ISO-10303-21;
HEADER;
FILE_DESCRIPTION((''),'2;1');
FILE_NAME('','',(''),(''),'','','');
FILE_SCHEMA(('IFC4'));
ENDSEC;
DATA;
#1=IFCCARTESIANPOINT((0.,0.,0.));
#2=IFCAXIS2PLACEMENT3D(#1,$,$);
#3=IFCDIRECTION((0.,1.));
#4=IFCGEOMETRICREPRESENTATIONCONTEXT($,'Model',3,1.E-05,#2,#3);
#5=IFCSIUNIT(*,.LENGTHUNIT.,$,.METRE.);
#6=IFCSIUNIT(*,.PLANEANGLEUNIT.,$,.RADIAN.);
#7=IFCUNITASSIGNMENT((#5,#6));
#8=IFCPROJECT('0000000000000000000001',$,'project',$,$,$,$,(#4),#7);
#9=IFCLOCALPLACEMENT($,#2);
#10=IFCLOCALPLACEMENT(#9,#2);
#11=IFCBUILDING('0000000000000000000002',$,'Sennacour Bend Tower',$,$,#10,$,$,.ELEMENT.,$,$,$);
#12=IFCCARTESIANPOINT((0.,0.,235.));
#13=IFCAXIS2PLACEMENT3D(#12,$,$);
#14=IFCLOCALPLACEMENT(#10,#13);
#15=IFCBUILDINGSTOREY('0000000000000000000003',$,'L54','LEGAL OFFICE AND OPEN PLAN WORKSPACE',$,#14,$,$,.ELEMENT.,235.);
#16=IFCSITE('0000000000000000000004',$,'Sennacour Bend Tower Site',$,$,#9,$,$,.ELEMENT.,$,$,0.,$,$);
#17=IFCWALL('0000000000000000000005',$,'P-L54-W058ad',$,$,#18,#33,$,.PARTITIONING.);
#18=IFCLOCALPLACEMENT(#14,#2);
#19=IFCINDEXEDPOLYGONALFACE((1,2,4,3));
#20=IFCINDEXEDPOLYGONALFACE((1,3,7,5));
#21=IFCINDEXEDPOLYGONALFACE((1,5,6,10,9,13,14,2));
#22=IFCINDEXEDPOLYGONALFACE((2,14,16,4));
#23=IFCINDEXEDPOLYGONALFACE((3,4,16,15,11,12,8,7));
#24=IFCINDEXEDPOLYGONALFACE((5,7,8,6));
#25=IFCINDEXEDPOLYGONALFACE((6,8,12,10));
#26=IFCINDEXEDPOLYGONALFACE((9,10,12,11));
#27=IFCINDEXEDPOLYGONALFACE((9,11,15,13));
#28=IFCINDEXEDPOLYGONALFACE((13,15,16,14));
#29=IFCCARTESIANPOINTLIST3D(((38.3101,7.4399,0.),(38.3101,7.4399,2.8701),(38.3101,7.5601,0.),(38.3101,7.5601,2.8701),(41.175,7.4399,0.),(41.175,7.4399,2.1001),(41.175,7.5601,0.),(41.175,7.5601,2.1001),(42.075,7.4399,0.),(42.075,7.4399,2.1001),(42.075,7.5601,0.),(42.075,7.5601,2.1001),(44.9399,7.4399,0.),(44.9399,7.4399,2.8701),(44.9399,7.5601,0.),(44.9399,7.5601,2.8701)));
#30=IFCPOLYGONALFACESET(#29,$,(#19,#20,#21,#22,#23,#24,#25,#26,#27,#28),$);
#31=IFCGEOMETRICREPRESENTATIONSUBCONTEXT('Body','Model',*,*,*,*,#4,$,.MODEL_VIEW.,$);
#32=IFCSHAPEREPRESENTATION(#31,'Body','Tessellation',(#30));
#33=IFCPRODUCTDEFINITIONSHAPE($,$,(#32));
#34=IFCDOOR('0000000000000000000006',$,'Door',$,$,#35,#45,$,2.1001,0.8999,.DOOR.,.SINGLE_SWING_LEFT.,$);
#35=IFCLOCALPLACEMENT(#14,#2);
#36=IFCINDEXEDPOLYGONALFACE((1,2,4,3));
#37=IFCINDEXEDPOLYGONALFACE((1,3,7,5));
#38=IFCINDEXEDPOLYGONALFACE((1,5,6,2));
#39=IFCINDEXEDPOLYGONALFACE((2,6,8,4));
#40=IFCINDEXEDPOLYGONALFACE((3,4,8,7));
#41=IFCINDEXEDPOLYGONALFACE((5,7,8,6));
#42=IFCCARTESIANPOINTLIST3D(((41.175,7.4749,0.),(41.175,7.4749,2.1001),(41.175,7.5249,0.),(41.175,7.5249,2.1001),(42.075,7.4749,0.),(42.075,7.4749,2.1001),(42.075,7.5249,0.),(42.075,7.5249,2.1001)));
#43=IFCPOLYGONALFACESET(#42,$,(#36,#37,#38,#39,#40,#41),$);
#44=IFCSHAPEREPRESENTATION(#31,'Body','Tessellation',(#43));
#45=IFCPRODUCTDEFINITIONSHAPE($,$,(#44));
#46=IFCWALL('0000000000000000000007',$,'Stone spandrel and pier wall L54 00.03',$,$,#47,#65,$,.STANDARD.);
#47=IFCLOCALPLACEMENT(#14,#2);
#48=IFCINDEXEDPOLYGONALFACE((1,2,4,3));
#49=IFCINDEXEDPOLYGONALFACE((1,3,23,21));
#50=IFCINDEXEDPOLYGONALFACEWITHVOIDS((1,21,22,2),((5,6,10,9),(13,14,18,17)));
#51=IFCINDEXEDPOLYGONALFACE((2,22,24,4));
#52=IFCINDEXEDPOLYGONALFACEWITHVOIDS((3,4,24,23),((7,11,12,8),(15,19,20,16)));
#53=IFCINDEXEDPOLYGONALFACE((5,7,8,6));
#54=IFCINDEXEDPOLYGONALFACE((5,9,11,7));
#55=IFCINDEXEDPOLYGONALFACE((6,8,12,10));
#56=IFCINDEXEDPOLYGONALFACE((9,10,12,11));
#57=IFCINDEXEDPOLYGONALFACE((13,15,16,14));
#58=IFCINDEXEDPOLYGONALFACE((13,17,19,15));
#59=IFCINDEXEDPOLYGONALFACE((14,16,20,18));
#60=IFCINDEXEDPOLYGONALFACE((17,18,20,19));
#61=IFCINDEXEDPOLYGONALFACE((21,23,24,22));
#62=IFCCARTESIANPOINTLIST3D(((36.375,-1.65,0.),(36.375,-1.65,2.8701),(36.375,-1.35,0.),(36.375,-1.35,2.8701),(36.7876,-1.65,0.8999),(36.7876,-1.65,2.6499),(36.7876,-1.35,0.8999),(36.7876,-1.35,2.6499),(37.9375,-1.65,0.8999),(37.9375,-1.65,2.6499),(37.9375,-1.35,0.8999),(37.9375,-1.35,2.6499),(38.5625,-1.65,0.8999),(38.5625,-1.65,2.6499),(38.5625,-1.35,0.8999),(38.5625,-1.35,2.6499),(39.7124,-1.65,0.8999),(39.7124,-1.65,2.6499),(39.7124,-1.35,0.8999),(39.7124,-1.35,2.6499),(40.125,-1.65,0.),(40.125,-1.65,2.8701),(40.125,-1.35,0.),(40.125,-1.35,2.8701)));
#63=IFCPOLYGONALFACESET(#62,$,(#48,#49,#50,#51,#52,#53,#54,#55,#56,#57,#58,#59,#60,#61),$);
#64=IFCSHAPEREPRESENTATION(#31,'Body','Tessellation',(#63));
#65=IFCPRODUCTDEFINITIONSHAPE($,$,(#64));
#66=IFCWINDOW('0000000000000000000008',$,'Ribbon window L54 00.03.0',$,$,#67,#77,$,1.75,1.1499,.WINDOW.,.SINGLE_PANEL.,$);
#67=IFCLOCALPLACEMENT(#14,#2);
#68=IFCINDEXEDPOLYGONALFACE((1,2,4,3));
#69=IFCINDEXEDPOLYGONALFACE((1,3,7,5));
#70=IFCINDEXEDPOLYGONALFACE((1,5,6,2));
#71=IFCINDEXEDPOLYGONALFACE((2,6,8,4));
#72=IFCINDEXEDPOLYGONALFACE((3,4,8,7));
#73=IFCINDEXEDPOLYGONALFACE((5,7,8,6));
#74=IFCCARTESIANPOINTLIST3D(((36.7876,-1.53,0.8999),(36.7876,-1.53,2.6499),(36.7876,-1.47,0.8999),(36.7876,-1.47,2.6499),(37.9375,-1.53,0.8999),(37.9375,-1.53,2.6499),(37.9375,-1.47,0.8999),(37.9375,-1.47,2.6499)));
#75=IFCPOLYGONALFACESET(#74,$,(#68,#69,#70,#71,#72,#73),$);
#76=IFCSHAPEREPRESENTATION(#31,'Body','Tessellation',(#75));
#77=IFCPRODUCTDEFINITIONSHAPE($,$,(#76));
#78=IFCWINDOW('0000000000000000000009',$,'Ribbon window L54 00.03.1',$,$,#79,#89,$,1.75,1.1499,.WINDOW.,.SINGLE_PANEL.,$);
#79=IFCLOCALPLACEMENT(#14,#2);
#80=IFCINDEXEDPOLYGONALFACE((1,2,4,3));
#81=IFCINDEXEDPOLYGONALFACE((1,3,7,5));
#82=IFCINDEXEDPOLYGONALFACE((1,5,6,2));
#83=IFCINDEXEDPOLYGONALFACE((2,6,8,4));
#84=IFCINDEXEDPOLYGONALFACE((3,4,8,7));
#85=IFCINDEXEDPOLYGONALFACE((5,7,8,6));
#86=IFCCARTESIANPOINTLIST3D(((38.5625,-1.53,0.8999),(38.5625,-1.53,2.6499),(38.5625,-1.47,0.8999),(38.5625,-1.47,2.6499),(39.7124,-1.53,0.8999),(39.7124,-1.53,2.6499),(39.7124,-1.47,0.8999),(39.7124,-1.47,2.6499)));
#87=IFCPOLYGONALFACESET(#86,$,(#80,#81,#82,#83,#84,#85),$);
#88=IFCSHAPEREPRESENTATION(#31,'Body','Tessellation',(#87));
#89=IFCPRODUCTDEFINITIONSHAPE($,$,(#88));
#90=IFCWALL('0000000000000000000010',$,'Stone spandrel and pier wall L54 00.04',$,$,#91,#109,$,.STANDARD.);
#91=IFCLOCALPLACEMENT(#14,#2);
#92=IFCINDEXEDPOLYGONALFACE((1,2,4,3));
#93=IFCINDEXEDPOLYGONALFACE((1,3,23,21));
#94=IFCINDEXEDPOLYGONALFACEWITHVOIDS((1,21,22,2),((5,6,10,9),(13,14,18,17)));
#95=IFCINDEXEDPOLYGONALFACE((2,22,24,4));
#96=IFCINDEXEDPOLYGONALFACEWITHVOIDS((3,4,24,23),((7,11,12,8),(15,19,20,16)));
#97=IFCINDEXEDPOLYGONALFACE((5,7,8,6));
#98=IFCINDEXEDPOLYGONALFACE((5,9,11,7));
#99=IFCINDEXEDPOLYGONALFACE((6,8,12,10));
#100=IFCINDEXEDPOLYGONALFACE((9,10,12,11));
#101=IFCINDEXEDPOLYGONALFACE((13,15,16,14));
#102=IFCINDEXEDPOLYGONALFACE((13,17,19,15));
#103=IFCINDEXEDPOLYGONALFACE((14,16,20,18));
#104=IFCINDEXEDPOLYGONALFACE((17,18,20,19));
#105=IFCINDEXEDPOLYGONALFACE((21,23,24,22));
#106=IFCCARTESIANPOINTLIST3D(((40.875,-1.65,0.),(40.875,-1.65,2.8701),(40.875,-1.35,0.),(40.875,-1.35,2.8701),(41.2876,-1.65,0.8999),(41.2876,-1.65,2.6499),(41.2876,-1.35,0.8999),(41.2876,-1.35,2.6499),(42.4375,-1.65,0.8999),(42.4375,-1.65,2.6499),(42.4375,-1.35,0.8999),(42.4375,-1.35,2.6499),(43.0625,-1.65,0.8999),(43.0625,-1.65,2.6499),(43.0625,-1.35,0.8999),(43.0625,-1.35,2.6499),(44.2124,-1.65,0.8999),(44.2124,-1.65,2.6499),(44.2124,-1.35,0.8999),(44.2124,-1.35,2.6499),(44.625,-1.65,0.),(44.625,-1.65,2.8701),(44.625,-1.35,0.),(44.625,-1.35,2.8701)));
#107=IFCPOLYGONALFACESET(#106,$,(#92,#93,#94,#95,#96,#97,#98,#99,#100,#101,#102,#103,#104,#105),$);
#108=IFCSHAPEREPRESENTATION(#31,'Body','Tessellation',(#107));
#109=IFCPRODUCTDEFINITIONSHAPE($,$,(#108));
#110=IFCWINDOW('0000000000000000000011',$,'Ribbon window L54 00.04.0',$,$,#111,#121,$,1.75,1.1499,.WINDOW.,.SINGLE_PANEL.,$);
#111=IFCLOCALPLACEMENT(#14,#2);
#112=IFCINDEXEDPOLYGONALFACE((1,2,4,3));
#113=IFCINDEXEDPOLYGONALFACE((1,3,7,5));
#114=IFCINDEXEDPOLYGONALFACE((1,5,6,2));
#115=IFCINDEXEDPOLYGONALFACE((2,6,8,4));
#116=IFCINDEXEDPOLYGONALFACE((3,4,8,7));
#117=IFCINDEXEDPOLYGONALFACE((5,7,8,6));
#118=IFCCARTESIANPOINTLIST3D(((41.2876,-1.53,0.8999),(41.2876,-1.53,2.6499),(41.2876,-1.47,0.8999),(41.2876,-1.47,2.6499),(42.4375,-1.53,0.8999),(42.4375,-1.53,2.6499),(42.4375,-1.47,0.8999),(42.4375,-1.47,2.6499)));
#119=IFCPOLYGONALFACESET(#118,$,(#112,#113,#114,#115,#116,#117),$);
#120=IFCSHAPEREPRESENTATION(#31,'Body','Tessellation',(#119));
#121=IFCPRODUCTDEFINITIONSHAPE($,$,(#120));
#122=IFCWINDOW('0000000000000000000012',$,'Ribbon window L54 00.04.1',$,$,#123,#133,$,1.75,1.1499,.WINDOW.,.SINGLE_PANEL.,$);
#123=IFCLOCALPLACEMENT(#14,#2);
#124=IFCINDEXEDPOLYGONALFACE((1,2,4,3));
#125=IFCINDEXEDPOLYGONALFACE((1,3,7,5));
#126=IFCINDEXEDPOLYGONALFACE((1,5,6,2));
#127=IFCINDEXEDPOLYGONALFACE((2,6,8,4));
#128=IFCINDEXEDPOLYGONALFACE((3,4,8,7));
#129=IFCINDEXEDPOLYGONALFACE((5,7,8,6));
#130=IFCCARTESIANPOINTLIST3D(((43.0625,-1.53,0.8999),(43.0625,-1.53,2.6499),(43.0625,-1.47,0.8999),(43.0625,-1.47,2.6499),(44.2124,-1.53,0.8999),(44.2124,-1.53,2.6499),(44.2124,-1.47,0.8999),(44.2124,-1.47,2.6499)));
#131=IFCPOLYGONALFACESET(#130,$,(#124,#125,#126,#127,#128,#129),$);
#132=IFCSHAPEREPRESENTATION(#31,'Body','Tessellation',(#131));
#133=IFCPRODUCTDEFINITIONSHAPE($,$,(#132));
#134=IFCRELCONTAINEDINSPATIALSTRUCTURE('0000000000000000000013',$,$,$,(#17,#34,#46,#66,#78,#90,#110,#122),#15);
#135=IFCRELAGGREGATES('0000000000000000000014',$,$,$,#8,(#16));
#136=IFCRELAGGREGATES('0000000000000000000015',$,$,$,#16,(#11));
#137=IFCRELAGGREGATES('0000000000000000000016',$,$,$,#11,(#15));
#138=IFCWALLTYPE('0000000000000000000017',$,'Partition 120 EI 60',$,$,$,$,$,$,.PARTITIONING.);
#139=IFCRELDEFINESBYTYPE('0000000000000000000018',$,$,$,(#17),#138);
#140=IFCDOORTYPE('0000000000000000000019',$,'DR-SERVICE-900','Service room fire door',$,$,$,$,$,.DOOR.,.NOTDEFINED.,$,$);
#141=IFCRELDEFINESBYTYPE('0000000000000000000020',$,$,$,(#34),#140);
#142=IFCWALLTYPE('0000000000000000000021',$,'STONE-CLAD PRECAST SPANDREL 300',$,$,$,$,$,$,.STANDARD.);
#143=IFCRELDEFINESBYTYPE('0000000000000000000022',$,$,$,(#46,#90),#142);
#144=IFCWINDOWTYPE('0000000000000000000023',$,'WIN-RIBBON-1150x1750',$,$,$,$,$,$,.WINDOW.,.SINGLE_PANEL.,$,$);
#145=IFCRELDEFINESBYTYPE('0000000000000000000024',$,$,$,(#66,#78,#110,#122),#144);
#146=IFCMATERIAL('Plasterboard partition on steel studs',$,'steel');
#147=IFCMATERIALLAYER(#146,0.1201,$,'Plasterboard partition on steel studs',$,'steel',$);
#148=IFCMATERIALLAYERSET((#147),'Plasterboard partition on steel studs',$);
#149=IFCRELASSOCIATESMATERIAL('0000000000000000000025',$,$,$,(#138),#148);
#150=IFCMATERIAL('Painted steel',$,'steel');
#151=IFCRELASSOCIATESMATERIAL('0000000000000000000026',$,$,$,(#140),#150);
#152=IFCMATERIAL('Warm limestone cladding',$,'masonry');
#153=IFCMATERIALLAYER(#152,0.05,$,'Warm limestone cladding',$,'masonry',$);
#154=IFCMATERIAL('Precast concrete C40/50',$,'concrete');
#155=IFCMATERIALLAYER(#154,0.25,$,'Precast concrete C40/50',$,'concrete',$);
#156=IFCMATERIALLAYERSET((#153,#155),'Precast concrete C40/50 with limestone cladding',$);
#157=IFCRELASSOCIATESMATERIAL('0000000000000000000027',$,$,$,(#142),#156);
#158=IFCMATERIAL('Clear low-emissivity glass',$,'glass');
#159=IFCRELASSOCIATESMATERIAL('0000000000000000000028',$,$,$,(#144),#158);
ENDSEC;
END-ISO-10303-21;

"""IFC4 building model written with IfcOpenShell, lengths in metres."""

from ifc_helpers import new_model, si_unit, direction, frame, frame_2d, origin, place, context, subcontext, project, spatial, rectangle, extrude, material, layer, layer_set, type_object, element, fill, save


model = new_model("IFC4")

# Units and contexts
model_context = context("Model", 3, precision=1e-05, world=origin(), true_north=direction((0.0, 1.0)))
body_context = subcontext(model_context, "Body", "Model", "MODEL_VIEW")
ifc_project = project(units=[si_unit("LENGTHUNIT", "METRE"), si_unit("PLANEANGLEUNIT", "RADIAN")], contexts=[model_context])

# Site, building, storey
site_placement = place(None, origin())
site = spatial("IfcSite", under=ifc_project, at=site_placement, Name="Sennacour Bend Tower Site", CompositionType="ELEMENT", RefElevation=0.0)
building_placement = place(site_placement, origin())
building = spatial("IfcBuilding", under=site, at=building_placement, Name="Sennacour Bend Tower", CompositionType="ELEMENT")
storey_placement = place(building_placement, frame((0.0, 0.0, 235.0)))
storey = spatial("IfcBuildingStorey", under=building, at=storey_placement, Name="L54", Description="LEGAL OFFICE AND OPEN PLAN WORKSPACE", CompositionType="ELEMENT", Elevation=235.0)

# Shared definitions
ifc_material_1 = material(Name="Plasterboard partition on steel studs", Category="steel")

# Wall, opening, door
ifc_layer_1 = layer(ifc_material_1, 0.1201, Name="Plasterboard partition on steel studs", Category="steel")
ifc_layer_set_1 = layer_set([ifc_layer_1], Name="Plasterboard partition on steel studs")
wall_type_1 = type_object("IfcWallType", Name="Partition 120 EI 60", PredefinedType="PARTITIONING", material=ifc_layer_set_1)
wall_1_placement = place(storey_placement, frame((38.3101, 7.5, 0.0), z_axis=(0.0, 0.0, 1.0), x_axis=(1.0, 0.0, 0.0)))
wall_1 = element("IfcWall", 1, at=wall_1_placement, inside=storey, type_object=wall_type_1, Name="P-L54-W058ad", PredefinedType="PARTITIONING", context=body_context, shape_type="SweptSolid", body=[
    extrude(rectangle(XDim=6.6299, YDim=0.1201, at=frame_2d((3.3149, 0.0))), origin(), (0.0, 0.0, 1.0), 2.8701),
])
opening_1_placement = place(wall_1_placement, frame((2.865, 0.0, 0.0)))
opening_1 = element("IfcOpeningElement", 2, at=opening_1_placement, cuts=wall_1, PredefinedType="OPENING", context=body_context, shape_type="SweptSolid", body=[
    extrude(rectangle(XDim=0.8999, YDim=2.1001, at=frame_2d((0.45, 1.05))), frame((0.0, 0.0701, 0.0), z_axis=(0.0, -1.0, 0.0), x_axis=(1.0, 0.0, 0.0)), (0.0, 0.0, 1.0), 0.1401),
])
ifc_material_2 = material(Name="Painted steel", Category="steel")
door_type_1 = type_object("IfcDoorType", Name="DR-SERVICE-900", Description="Service room fire door", OperationType="NOTDEFINED", PredefinedType="DOOR", material=ifc_material_2)
door_1_placement = place(opening_1_placement, origin())
door_1 = element("IfcDoor", 3, at=door_1_placement, inside=storey, type_object=door_type_1, Name="Door", OperationType="SINGLE_SWING_LEFT", OverallHeight=2.1001, OverallWidth=0.8999, PredefinedType="DOOR", context=body_context, shape_type="SweptSolid", body=[
    extrude(rectangle(XDim=0.8999, YDim=2.1001, at=frame_2d((0.45, 1.05))), frame((0.0, 0.0249, 0.0), z_axis=(0.0, -1.0, 0.0), x_axis=(1.0, 0.0, 0.0)), (0.0, 0.0, 1.0), 0.05),
])
fill(opening_1, door_1)

# Walls, openings, windows
ifc_material_3 = material(Name="Warm limestone cladding", Category="masonry")
ifc_layer_2 = layer(ifc_material_3, 0.05, Name="Warm limestone cladding", Category="masonry")
ifc_material_4 = material(Name="Precast concrete C40/50", Category="concrete")
ifc_layer_3 = layer(ifc_material_4, 0.25, Name="Precast concrete C40/50", Category="concrete")
ifc_layer_set_2 = layer_set([ifc_layer_2, ifc_layer_3], Name="Precast concrete C40/50 with limestone cladding")
wall_type_2 = type_object("IfcWallType", Name="STONE-CLAD PRECAST SPANDREL 300", PredefinedType="STANDARD", material=ifc_layer_set_2)
wall_2_placement = place(storey_placement, frame((36.375, -1.5, 0.0), z_axis=(0.0, 0.0, 1.0), x_axis=(1.0, 0.0, 0.0)))
wall_2 = element("IfcWall", 4, at=wall_2_placement, inside=storey, type_object=wall_type_2, Name="Stone spandrel and pier wall L54 00.03", PredefinedType="STANDARD", context=body_context, shape_type="SweptSolid", body=[
    extrude(rectangle(XDim=3.75, YDim=0.3, at=frame_2d((1.875, 0.0))), origin(), (0.0, 0.0, 1.0), 2.8701),
])
opening_2_placement = place(wall_2_placement, frame((0.4126, 0.0, 0.8999)))
opening_2 = element("IfcOpeningElement", 5, at=opening_2_placement, cuts=wall_2, PredefinedType="OPENING", context=body_context, shape_type="SweptSolid", body=[
    extrude(rectangle(XDim=1.1499, YDim=1.75, at=frame_2d((0.575, 0.875))), frame((0.0, 0.1602, 0.0), z_axis=(0.0, -1.0, 0.0), x_axis=(1.0, 0.0, 0.0)), (0.0, 0.0, 1.0), 0.3201),
])
opening_3_placement = place(wall_2_placement, frame((2.1875, 0.0, 0.8999)))
opening_3 = element("IfcOpeningElement", 6, at=opening_3_placement, cuts=wall_2, PredefinedType="OPENING", context=body_context, shape_type="SweptSolid", body=[
    extrude(rectangle(XDim=1.1499, YDim=1.75, at=frame_2d((0.575, 0.875))), frame((0.0, 0.1602, 0.0), z_axis=(0.0, -1.0, 0.0), x_axis=(1.0, 0.0, 0.0)), (0.0, 0.0, 1.0), 0.3201),
])
ifc_material_5 = material(Name="Clear low-emissivity glass", Category="glass")
window_type = type_object("IfcWindowType", Name="WIN-RIBBON-1150x1750", PartitioningType="SINGLE_PANEL", PredefinedType="WINDOW", material=ifc_material_5)
window_1_placement = place(opening_2_placement, origin())
window_1 = element("IfcWindow", 7, at=window_1_placement, inside=storey, type_object=window_type, Name="Ribbon window L54 00.03.0", OverallHeight=1.75, OverallWidth=1.1499, PartitioningType="SINGLE_PANEL", PredefinedType="WINDOW", context=body_context, shape_type="SweptSolid", body=[
    extrude(rectangle(XDim=1.1499, YDim=1.75, at=frame_2d((0.575, 0.875))), frame((0.0, 0.03, 0.0), z_axis=(0.0, -1.0, 0.0), x_axis=(1.0, 0.0, 0.0)), (0.0, 0.0, 1.0), 0.0601),
])
fill(opening_2, window_1)
window_2_placement = place(opening_3_placement, origin())
window_2 = element("IfcWindow", 8, at=window_2_placement, inside=storey, type_object=window_type, Name="Ribbon window L54 00.03.1", OverallHeight=1.75, OverallWidth=1.1499, PartitioningType="SINGLE_PANEL", PredefinedType="WINDOW", context=body_context, shape_type="SweptSolid", body=[
    extrude(rectangle(XDim=1.1499, YDim=1.75, at=frame_2d((0.575, 0.875))), frame((0.0, 0.03, 0.0), z_axis=(0.0, -1.0, 0.0), x_axis=(1.0, 0.0, 0.0)), (0.0, 0.0, 1.0), 0.0601),
])
fill(opening_3, window_2)
wall_3_placement = place(storey_placement, frame((40.875, -1.5, 0.0), z_axis=(0.0, 0.0, 1.0), x_axis=(1.0, 0.0, 0.0)))
wall_3 = element("IfcWall", 9, at=wall_3_placement, inside=storey, type_object=wall_type_2, Name="Stone spandrel and pier wall L54 00.04", PredefinedType="STANDARD", context=body_context, shape_type="SweptSolid", body=[
    extrude(rectangle(XDim=3.75, YDim=0.3, at=frame_2d((1.875, 0.0))), origin(), (0.0, 0.0, 1.0), 2.8701),
])
opening_4_placement = place(wall_3_placement, frame((0.4126, 0.0, 0.8999)))
opening_4 = element("IfcOpeningElement", 10, at=opening_4_placement, cuts=wall_3, PredefinedType="OPENING", context=body_context, shape_type="SweptSolid", body=[
    extrude(rectangle(XDim=1.1499, YDim=1.75, at=frame_2d((0.575, 0.875))), frame((0.0, 0.1602, 0.0), z_axis=(0.0, -1.0, 0.0), x_axis=(1.0, 0.0, 0.0)), (0.0, 0.0, 1.0), 0.3201),
])
opening_5_placement = place(wall_3_placement, frame((2.1875, 0.0, 0.8999)))
opening_5 = element("IfcOpeningElement", 11, at=opening_5_placement, cuts=wall_3, PredefinedType="OPENING", context=body_context, shape_type="SweptSolid", body=[
    extrude(rectangle(XDim=1.1499, YDim=1.75, at=frame_2d((0.575, 0.875))), frame((0.0, 0.1602, 0.0), z_axis=(0.0, -1.0, 0.0), x_axis=(1.0, 0.0, 0.0)), (0.0, 0.0, 1.0), 0.3201),
])
window_3_placement = place(opening_4_placement, origin())
window_3 = element("IfcWindow", 12, at=window_3_placement, inside=storey, type_object=window_type, Name="Ribbon window L54 00.04.0", OverallHeight=1.75, OverallWidth=1.1499, PartitioningType="SINGLE_PANEL", PredefinedType="WINDOW", context=body_context, shape_type="SweptSolid", body=[
    extrude(rectangle(XDim=1.1499, YDim=1.75, at=frame_2d((0.575, 0.875))), frame((0.0, 0.03, 0.0), z_axis=(0.0, -1.0, 0.0), x_axis=(1.0, 0.0, 0.0)), (0.0, 0.0, 1.0), 0.0601),
])
fill(opening_4, window_3)
window_4_placement = place(opening_5_placement, origin())
window_4 = element("IfcWindow", 13, at=window_4_placement, inside=storey, type_object=window_type, Name="Ribbon window L54 00.04.1", OverallHeight=1.75, OverallWidth=1.1499, PartitioningType="SINGLE_PANEL", PredefinedType="WINDOW", context=body_context, shape_type="SweptSolid", body=[
    extrude(rectangle(XDim=1.1499, YDim=1.75, at=frame_2d((0.575, 0.875))), frame((0.0, 0.03, 0.0), z_axis=(0.0, -1.0, 0.0), x_axis=(1.0, 0.0, 0.0)), (0.0, 0.0, 1.0), 0.0601),
])
fill(opening_5, window_4)

save(model, "model.ifc")
